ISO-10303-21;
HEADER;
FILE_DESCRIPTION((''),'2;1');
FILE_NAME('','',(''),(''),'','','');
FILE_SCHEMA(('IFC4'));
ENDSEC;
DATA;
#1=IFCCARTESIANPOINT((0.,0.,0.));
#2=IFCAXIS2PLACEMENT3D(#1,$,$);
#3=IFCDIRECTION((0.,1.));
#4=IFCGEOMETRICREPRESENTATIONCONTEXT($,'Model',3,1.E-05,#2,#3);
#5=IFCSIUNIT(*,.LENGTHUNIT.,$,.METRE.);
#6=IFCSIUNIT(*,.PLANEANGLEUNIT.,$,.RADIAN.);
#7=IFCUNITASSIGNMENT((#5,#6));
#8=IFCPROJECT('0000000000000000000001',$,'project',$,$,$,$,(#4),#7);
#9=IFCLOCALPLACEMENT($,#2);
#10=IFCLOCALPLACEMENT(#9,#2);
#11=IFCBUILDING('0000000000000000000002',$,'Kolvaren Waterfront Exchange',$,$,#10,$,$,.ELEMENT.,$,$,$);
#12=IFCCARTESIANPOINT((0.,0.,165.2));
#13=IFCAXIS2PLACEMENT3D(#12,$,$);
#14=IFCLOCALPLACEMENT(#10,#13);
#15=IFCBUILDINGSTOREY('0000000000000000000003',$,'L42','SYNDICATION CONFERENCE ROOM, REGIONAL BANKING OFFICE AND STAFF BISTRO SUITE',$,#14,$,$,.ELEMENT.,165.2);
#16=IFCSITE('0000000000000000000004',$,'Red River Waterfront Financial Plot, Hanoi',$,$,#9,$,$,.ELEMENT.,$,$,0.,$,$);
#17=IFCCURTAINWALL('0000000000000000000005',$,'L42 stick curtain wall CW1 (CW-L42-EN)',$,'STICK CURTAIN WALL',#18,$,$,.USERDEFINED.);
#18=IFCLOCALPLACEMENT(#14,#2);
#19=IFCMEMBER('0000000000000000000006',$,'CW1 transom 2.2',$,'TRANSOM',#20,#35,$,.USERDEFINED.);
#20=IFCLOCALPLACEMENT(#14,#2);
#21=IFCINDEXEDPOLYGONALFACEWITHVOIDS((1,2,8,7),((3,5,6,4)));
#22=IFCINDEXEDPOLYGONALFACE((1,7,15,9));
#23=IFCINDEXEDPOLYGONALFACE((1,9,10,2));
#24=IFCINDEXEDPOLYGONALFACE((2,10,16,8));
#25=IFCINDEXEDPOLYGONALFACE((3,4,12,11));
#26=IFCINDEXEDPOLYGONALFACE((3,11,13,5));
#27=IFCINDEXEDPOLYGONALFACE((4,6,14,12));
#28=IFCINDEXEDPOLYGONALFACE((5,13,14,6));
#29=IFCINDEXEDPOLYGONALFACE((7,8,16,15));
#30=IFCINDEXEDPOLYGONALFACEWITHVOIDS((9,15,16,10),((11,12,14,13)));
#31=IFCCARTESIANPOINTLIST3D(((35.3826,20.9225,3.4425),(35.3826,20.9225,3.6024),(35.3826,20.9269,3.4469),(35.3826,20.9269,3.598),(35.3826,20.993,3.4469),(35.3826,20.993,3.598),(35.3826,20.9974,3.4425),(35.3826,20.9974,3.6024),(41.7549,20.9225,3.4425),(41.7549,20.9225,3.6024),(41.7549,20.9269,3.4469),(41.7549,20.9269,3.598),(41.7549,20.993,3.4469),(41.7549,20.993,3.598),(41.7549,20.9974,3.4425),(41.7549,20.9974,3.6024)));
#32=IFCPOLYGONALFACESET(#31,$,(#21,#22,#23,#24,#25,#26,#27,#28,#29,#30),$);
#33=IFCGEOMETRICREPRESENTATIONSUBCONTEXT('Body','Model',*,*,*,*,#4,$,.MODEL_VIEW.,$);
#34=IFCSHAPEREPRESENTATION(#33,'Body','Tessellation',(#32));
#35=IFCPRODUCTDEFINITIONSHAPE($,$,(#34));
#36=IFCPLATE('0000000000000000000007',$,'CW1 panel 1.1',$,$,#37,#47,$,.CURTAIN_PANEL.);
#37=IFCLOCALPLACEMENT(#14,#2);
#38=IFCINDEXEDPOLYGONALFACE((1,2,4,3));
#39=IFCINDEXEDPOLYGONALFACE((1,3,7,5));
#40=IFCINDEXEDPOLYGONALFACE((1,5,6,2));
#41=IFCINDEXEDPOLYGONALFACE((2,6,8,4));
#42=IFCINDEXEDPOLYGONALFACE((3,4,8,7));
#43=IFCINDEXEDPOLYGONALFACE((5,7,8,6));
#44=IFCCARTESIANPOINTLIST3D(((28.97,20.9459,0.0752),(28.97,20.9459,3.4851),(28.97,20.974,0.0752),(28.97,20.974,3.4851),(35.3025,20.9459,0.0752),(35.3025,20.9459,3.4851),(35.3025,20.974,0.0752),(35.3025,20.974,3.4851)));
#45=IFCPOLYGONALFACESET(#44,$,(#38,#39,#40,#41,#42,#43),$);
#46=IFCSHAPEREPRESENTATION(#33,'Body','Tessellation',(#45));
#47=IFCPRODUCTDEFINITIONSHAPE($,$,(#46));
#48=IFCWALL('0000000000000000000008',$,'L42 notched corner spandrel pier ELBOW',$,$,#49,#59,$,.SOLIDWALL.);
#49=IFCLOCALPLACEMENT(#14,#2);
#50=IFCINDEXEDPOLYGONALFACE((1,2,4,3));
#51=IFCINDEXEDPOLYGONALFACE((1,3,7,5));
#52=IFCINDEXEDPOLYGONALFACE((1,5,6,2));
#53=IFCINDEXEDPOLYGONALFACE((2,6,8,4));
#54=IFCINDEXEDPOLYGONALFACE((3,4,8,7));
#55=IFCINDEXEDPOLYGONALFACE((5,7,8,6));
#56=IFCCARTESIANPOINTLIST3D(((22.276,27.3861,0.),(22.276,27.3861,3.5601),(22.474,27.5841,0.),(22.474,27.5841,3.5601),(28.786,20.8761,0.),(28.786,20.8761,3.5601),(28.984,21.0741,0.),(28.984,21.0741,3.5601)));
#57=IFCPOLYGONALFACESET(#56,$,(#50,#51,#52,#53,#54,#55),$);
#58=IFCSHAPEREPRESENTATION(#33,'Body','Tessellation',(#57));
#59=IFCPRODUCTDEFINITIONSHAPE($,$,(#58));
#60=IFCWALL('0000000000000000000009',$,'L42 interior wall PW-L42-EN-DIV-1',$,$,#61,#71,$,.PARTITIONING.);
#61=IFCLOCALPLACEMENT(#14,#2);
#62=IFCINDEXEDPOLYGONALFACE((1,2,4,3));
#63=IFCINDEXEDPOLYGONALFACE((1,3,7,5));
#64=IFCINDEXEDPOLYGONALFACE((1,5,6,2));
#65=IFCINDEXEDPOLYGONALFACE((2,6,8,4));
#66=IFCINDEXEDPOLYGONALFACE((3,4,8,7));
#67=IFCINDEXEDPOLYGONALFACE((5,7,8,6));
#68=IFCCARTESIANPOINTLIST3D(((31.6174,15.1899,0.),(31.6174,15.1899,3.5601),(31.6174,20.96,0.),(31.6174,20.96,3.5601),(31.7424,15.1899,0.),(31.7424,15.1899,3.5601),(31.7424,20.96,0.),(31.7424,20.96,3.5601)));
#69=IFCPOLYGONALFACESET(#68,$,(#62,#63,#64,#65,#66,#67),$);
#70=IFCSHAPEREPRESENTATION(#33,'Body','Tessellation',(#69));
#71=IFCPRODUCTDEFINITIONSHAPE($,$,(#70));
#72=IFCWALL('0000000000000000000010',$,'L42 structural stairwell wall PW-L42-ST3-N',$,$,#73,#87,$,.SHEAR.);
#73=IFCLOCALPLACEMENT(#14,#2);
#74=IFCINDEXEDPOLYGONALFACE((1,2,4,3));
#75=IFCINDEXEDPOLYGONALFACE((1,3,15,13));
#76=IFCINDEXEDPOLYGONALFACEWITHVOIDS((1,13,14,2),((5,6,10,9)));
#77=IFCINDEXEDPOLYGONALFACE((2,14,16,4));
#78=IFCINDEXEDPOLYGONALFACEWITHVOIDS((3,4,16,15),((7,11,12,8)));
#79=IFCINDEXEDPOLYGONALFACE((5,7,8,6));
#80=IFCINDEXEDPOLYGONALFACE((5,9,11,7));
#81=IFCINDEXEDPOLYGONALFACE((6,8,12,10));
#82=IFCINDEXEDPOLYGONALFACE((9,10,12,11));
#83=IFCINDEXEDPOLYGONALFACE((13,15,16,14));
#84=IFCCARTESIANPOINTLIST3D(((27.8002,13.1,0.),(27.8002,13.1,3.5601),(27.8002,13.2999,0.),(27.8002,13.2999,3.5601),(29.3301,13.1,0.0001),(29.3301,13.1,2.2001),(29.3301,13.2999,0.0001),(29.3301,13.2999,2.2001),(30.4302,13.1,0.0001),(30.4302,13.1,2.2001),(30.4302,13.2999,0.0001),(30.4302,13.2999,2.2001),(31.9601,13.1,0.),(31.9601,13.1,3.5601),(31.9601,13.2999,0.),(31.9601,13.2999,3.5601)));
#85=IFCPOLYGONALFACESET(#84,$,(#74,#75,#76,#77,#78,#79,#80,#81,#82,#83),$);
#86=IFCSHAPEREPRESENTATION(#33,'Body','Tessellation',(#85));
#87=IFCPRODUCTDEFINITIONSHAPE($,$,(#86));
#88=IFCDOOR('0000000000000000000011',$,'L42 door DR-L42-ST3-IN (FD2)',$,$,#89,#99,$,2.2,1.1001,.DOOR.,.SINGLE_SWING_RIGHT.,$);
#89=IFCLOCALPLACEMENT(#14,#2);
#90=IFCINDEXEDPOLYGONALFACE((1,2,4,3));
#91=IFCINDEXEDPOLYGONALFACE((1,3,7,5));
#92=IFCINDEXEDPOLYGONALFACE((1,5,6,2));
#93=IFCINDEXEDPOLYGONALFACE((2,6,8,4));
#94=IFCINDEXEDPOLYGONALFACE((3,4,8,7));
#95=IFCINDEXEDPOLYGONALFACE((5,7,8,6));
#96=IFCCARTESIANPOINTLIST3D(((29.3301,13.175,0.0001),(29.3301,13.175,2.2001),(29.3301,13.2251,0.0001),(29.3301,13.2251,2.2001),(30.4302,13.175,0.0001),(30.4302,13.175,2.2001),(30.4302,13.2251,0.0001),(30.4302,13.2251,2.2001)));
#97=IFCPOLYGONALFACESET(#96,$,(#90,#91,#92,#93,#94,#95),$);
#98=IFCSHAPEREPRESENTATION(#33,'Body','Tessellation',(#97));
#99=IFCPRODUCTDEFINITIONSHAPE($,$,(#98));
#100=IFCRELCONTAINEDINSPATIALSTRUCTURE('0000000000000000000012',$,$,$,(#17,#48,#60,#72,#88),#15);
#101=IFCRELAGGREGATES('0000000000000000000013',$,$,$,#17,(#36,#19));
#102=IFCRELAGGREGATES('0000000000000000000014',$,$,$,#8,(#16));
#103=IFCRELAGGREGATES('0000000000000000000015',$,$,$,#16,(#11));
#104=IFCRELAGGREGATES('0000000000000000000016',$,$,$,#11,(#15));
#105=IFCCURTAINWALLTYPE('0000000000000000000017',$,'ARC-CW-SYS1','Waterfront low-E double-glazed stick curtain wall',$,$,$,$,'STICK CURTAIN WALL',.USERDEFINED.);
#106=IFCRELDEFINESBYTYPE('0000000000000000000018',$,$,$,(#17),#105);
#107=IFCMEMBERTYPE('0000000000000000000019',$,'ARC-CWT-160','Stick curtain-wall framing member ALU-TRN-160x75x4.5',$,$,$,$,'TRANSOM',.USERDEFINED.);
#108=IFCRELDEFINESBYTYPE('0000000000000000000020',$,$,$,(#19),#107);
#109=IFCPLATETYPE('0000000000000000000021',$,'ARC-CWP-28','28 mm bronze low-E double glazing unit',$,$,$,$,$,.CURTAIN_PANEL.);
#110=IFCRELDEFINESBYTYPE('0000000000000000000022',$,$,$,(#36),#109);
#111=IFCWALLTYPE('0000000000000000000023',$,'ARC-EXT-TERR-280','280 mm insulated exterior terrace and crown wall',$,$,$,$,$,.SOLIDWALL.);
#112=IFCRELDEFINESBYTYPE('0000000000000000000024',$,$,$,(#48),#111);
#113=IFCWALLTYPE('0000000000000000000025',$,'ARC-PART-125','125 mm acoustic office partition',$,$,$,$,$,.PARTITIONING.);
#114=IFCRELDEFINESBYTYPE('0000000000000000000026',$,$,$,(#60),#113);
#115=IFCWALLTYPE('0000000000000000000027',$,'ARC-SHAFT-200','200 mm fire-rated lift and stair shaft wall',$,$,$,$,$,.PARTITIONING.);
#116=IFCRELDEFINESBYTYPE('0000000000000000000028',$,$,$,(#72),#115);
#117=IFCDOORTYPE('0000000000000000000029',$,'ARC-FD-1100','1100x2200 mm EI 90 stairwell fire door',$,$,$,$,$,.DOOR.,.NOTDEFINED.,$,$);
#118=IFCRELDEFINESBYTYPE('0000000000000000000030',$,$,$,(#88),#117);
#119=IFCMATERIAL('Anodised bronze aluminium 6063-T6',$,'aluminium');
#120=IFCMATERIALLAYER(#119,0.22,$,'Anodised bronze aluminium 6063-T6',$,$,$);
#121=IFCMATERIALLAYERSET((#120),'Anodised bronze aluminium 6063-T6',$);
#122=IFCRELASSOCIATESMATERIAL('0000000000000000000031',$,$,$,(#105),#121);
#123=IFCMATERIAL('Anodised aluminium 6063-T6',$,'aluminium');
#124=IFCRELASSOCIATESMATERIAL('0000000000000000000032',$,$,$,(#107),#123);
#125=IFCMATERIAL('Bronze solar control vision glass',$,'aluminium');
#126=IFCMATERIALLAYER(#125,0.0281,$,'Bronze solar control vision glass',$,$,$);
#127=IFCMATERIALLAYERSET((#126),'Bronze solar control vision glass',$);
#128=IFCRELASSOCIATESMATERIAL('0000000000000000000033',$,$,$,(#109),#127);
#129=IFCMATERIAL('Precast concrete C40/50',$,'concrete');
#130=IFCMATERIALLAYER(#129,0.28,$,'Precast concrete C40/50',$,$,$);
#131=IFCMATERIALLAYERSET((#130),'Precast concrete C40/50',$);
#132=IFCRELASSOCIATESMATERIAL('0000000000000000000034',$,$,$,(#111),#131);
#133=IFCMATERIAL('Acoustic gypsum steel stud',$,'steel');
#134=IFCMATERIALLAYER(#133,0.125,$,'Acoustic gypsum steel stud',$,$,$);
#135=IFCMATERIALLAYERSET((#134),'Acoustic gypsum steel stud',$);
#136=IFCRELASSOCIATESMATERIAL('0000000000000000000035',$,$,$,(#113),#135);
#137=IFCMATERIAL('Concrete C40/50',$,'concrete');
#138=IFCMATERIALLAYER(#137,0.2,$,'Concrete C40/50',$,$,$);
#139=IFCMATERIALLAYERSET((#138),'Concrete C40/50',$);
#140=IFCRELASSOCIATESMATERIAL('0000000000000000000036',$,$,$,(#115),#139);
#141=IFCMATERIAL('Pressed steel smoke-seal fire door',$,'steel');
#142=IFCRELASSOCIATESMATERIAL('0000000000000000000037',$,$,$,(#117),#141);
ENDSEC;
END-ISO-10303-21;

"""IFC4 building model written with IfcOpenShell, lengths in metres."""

from ifc_helpers import new_model, si_unit, direction, frame, frame_2d, origin, origin_with_axes, origin_2d, place, context, subcontext, project, spatial, rectangle, hollow_rectangle, extrude, source, transform, mapped, material, layer, layer_set, material_profile, profile_set, type_object, element, fill, aggregate, save


model = new_model("IFC4")

# Units and contexts
model_context = context("Model", 3, precision=1e-05, world=origin(), true_north=direction((0.0, 1.0)))
body_context = subcontext(model_context, "Body", "Model", "MODEL_VIEW")
ifc_project = project(units=[si_unit("LENGTHUNIT", "METRE"), si_unit("PLANEANGLEUNIT", "RADIAN")], contexts=[model_context])

# Site, building, storey
site_placement = place(None, origin())
site = spatial("IfcSite", under=ifc_project, at=site_placement, Name="Red River Waterfront Financial Plot, Hanoi", CompositionType="ELEMENT", RefElevation=0.0)
building_placement = place(site_placement, origin())
building = spatial("IfcBuilding", under=site, at=building_placement, Name="Kolvaren Waterfront Exchange", CompositionType="ELEMENT")
storey_placement = place(building_placement, frame((0.0, 0.0, 165.2)))
storey = spatial("IfcBuildingStorey", under=building, at=storey_placement, Name="L42", Description="SYNDICATION CONFERENCE ROOM, REGIONAL BANKING OFFICE AND STAFF BISTRO SUITE", CompositionType="ELEMENT", Elevation=165.2)

# Curtain wall, member, plate
ifc_material_1 = material(Name="Anodised bronze aluminium 6063-T6", Category="aluminium")
ifc_layer_1 = layer(ifc_material_1, 0.22, Name="Anodised bronze aluminium 6063-T6")
ifc_layer_set_1 = layer_set([ifc_layer_1], Name="Anodised bronze aluminium 6063-T6")
curtain_wall_type = type_object("IfcCurtainWallType", Name="ARC-CW-SYS1", Description="Waterfront low-E double-glazed stick curtain wall", ElementType="STICK CURTAIN WALL", PredefinedType="USERDEFINED", material=ifc_layer_set_1)
curtain_wall_placement = place(storey_placement, origin())
curtain_wall = element("IfcCurtainWall", 1, at=curtain_wall_placement, inside=storey, type_object=curtain_wall_type, Name="L42 stick curtain wall CW1 (CW-L42-EN)", ObjectType="STICK CURTAIN WALL", PredefinedType="USERDEFINED")
ifc_material_2 = material(Name="Anodised aluminium 6063-T6", Category="aluminium")
ifc_material_profile_1 = material_profile(ifc_material_2, hollow_rectangle(XDim=0.075, YDim=0.1599, WallThickness=0.0044, at=origin_2d()), Name="ALU-TRN-160x75x4.5")
ifc_profile_set_1 = profile_set([ifc_material_profile_1], Name="Anodised aluminium 6063-T6")
member_type_1 = type_object("IfcMemberType", Name="ARC-CWT-160", Description="Stick curtain-wall framing member ALU-TRN-160x75x4.5", ElementType="TRANSOM", PredefinedType="USERDEFINED", material=ifc_profile_set_1)
shared_shape_1 = source(origin_with_axes(), body_context, "Body", "SweptSolid", [
    extrude(hollow_rectangle(XDim=0.075, YDim=0.1599, WallThickness=0.0044, at=origin_2d()), origin(), (0.0, 0.0, 1.0), 6.3723),
])
member_1_placement = place(storey_placement, frame((35.3826, 20.96, 3.5225), z_axis=(1.0, 0.0, 0.0), x_axis=(0.0, 1.0, 0.0)))
member_1 = element("IfcMember", 2, at=member_1_placement, type_object=member_type_1, Name="CW1 transom 2.2", ObjectType="TRANSOM", PredefinedType="USERDEFINED", context=body_context, shape_type="MappedRepresentation", body=[
    mapped(shared_shape_1, transform((0.0, 0.0, 0.0), x_axis=(1.0, 0.0, 0.0), y_axis=(0.0, 1.0, 0.0), z_axis=(0.0, 0.0, 1.0), scale=1.0)),
])
ifc_material_3 = material(Name="Bronze solar control vision glass", Category="aluminium")
ifc_layer_2 = layer(ifc_material_3, 0.0281, Name="Bronze solar control vision glass")
ifc_layer_set_2 = layer_set([ifc_layer_2], Name="Bronze solar control vision glass")
plate_type = type_object("IfcPlateType", Name="ARC-CWP-28", Description="28 mm bronze low-E double glazing unit", PredefinedType="CURTAIN_PANEL", material=ifc_layer_set_2)
shared_shape_2 = source(origin_with_axes(), body_context, "Body", "SweptSolid", [
    extrude(rectangle(XDim=6.3325, YDim=0.0281, at=origin_2d()), origin(), (0.0, 0.0, 1.0), 3.4099),
])
plate_placement = place(storey_placement, frame((32.1362, 20.96, 0.0752), z_axis=(0.0, 0.0, 1.0), x_axis=(1.0, 0.0, 0.0)))
plate = element("IfcPlate", 3, at=plate_placement, type_object=plate_type, Name="CW1 panel 1.1", PredefinedType="CURTAIN_PANEL", context=body_context, shape_type="MappedRepresentation", body=[
    mapped(shared_shape_2, transform((0.0, 0.0, 0.0), x_axis=(1.0, 0.0, 0.0), y_axis=(0.0, 1.0, 0.0), z_axis=(0.0, 0.0, 1.0), scale=1.0)),
])
aggregate(curtain_wall, [plate, member_1])

# Walls
ifc_material_4 = material(Name="Precast concrete C40/50", Category="concrete")
ifc_layer_3 = layer(ifc_material_4, 0.28, Name="Precast concrete C40/50")
ifc_layer_set_3 = layer_set([ifc_layer_3], Name="Precast concrete C40/50")
wall_type_1 = type_object("IfcWallType", Name="ARC-EXT-TERR-280", Description="280 mm insulated exterior terrace and crown wall", PredefinedType="SOLIDWALL", material=ifc_layer_set_3)
wall_1_placement = place(storey_placement, frame((28.885, 20.9751, 0.0), z_axis=(0.0, 0.0, 1.0), x_axis=(-0.707107, 0.707107, 0.0)))
element("IfcWall", 4, at=wall_1_placement, inside=storey, type_object=wall_type_1, Name="L42 notched corner spandrel pier ELBOW", PredefinedType="SOLIDWALL", context=body_context, shape_type="SweptSolid", body=[
    extrude(rectangle(XDim=9.2065, YDim=0.28, at=frame_2d((4.6033, 0.0))), origin(), (0.0, 0.0, 1.0), 3.5601),
])
ifc_material_5 = material(Name="Acoustic gypsum steel stud", Category="steel")
ifc_layer_4 = layer(ifc_material_5, 0.125, Name="Acoustic gypsum steel stud")
ifc_layer_set_4 = layer_set([ifc_layer_4], Name="Acoustic gypsum steel stud")
wall_type_2 = type_object("IfcWallType", Name="ARC-PART-125", Description="125 mm acoustic office partition", PredefinedType="PARTITIONING", material=ifc_layer_set_4)
wall_2_placement = place(storey_placement, frame((31.6799, 15.1899, 0.0), z_axis=(0.0, 0.0, 1.0), x_axis=(0.0, 1.0, 0.0)))
element("IfcWall", 5, at=wall_2_placement, inside=storey, type_object=wall_type_2, Name="L42 interior wall PW-L42-EN-DIV-1", PredefinedType="PARTITIONING", context=body_context, shape_type="SweptSolid", body=[
    extrude(rectangle(XDim=5.77, YDim=0.125, at=frame_2d((2.885, 0.0))), origin(), (0.0, 0.0, 1.0), 3.5601),
])

# Wall, opening, door
ifc_material_6 = material(Name="Concrete C40/50", Category="concrete")
ifc_layer_5 = layer(ifc_material_6, 0.2, Name="Concrete C40/50")
ifc_layer_set_5 = layer_set([ifc_layer_5], Name="Concrete C40/50")
wall_type_3 = type_object("IfcWallType", Name="ARC-SHAFT-200", Description="200 mm fire-rated lift and stair shaft wall", PredefinedType="PARTITIONING", material=ifc_layer_set_5)
wall_3_placement = place(storey_placement, frame((27.8, 13.2, 0.0), z_axis=(0.0, 0.0, 1.0), x_axis=(1.0, 0.0, 0.0)))
wall_3 = element("IfcWall", 6, at=wall_3_placement, inside=storey, type_object=wall_type_3, Name="L42 structural stairwell wall PW-L42-ST3-N", PredefinedType="SHEAR", context=body_context, shape_type="SweptSolid", body=[
    extrude(rectangle(XDim=4.1599, YDim=0.2, at=frame_2d((2.0801, 0.0))), origin(), (0.0, 0.0, 1.0), 3.5601),
])
opening_1_placement = place(wall_3_placement, frame((1.53, 0.0, 0.0)))
opening_1 = element("IfcOpeningElement", 7, at=opening_1_placement, cuts=wall_3, PredefinedType="OPENING", context=body_context, shape_type="SweptSolid", body=[
    extrude(rectangle(XDim=1.1001, YDim=2.2, at=frame_2d((0.55, 1.1001))), frame((0.0, 0.1099, 0.0), z_axis=(0.0, -1.0, 0.0), x_axis=(1.0, 0.0, 0.0)), (0.0, 0.0, 1.0), 0.22),
])
ifc_material_7 = material(Name="Pressed steel smoke-seal fire door", Category="steel")
door_type_1 = type_object("IfcDoorType", Name="ARC-FD-1100", Description="1100x2200 mm EI 90 stairwell fire door", OperationType="NOTDEFINED", PredefinedType="DOOR", material=ifc_material_7)
door_1_placement = place(opening_1_placement, frame((1.1001, 0.0, 0.0), z_axis=(0.0, 0.0, 1.0), x_axis=(-1.0, 0.0, 0.0)))
door_1 = element("IfcDoor", 8, at=door_1_placement, inside=storey, type_object=door_type_1, Name="L42 door DR-L42-ST3-IN (FD2)", OperationType="SINGLE_SWING_RIGHT", OverallHeight=2.2, OverallWidth=1.1001, PredefinedType="DOOR", context=body_context, shape_type="SweptSolid", body=[
    extrude(rectangle(XDim=1.1001, YDim=2.2, at=frame_2d((0.55, 1.1001))), frame((0.0, 0.0249, 0.0), z_axis=(0.0, -1.0, 0.0), x_axis=(1.0, 0.0, 0.0)), (0.0, 0.0, 1.0), 0.05),
])
fill(opening_1, door_1)

save(model, "model.ifc")
